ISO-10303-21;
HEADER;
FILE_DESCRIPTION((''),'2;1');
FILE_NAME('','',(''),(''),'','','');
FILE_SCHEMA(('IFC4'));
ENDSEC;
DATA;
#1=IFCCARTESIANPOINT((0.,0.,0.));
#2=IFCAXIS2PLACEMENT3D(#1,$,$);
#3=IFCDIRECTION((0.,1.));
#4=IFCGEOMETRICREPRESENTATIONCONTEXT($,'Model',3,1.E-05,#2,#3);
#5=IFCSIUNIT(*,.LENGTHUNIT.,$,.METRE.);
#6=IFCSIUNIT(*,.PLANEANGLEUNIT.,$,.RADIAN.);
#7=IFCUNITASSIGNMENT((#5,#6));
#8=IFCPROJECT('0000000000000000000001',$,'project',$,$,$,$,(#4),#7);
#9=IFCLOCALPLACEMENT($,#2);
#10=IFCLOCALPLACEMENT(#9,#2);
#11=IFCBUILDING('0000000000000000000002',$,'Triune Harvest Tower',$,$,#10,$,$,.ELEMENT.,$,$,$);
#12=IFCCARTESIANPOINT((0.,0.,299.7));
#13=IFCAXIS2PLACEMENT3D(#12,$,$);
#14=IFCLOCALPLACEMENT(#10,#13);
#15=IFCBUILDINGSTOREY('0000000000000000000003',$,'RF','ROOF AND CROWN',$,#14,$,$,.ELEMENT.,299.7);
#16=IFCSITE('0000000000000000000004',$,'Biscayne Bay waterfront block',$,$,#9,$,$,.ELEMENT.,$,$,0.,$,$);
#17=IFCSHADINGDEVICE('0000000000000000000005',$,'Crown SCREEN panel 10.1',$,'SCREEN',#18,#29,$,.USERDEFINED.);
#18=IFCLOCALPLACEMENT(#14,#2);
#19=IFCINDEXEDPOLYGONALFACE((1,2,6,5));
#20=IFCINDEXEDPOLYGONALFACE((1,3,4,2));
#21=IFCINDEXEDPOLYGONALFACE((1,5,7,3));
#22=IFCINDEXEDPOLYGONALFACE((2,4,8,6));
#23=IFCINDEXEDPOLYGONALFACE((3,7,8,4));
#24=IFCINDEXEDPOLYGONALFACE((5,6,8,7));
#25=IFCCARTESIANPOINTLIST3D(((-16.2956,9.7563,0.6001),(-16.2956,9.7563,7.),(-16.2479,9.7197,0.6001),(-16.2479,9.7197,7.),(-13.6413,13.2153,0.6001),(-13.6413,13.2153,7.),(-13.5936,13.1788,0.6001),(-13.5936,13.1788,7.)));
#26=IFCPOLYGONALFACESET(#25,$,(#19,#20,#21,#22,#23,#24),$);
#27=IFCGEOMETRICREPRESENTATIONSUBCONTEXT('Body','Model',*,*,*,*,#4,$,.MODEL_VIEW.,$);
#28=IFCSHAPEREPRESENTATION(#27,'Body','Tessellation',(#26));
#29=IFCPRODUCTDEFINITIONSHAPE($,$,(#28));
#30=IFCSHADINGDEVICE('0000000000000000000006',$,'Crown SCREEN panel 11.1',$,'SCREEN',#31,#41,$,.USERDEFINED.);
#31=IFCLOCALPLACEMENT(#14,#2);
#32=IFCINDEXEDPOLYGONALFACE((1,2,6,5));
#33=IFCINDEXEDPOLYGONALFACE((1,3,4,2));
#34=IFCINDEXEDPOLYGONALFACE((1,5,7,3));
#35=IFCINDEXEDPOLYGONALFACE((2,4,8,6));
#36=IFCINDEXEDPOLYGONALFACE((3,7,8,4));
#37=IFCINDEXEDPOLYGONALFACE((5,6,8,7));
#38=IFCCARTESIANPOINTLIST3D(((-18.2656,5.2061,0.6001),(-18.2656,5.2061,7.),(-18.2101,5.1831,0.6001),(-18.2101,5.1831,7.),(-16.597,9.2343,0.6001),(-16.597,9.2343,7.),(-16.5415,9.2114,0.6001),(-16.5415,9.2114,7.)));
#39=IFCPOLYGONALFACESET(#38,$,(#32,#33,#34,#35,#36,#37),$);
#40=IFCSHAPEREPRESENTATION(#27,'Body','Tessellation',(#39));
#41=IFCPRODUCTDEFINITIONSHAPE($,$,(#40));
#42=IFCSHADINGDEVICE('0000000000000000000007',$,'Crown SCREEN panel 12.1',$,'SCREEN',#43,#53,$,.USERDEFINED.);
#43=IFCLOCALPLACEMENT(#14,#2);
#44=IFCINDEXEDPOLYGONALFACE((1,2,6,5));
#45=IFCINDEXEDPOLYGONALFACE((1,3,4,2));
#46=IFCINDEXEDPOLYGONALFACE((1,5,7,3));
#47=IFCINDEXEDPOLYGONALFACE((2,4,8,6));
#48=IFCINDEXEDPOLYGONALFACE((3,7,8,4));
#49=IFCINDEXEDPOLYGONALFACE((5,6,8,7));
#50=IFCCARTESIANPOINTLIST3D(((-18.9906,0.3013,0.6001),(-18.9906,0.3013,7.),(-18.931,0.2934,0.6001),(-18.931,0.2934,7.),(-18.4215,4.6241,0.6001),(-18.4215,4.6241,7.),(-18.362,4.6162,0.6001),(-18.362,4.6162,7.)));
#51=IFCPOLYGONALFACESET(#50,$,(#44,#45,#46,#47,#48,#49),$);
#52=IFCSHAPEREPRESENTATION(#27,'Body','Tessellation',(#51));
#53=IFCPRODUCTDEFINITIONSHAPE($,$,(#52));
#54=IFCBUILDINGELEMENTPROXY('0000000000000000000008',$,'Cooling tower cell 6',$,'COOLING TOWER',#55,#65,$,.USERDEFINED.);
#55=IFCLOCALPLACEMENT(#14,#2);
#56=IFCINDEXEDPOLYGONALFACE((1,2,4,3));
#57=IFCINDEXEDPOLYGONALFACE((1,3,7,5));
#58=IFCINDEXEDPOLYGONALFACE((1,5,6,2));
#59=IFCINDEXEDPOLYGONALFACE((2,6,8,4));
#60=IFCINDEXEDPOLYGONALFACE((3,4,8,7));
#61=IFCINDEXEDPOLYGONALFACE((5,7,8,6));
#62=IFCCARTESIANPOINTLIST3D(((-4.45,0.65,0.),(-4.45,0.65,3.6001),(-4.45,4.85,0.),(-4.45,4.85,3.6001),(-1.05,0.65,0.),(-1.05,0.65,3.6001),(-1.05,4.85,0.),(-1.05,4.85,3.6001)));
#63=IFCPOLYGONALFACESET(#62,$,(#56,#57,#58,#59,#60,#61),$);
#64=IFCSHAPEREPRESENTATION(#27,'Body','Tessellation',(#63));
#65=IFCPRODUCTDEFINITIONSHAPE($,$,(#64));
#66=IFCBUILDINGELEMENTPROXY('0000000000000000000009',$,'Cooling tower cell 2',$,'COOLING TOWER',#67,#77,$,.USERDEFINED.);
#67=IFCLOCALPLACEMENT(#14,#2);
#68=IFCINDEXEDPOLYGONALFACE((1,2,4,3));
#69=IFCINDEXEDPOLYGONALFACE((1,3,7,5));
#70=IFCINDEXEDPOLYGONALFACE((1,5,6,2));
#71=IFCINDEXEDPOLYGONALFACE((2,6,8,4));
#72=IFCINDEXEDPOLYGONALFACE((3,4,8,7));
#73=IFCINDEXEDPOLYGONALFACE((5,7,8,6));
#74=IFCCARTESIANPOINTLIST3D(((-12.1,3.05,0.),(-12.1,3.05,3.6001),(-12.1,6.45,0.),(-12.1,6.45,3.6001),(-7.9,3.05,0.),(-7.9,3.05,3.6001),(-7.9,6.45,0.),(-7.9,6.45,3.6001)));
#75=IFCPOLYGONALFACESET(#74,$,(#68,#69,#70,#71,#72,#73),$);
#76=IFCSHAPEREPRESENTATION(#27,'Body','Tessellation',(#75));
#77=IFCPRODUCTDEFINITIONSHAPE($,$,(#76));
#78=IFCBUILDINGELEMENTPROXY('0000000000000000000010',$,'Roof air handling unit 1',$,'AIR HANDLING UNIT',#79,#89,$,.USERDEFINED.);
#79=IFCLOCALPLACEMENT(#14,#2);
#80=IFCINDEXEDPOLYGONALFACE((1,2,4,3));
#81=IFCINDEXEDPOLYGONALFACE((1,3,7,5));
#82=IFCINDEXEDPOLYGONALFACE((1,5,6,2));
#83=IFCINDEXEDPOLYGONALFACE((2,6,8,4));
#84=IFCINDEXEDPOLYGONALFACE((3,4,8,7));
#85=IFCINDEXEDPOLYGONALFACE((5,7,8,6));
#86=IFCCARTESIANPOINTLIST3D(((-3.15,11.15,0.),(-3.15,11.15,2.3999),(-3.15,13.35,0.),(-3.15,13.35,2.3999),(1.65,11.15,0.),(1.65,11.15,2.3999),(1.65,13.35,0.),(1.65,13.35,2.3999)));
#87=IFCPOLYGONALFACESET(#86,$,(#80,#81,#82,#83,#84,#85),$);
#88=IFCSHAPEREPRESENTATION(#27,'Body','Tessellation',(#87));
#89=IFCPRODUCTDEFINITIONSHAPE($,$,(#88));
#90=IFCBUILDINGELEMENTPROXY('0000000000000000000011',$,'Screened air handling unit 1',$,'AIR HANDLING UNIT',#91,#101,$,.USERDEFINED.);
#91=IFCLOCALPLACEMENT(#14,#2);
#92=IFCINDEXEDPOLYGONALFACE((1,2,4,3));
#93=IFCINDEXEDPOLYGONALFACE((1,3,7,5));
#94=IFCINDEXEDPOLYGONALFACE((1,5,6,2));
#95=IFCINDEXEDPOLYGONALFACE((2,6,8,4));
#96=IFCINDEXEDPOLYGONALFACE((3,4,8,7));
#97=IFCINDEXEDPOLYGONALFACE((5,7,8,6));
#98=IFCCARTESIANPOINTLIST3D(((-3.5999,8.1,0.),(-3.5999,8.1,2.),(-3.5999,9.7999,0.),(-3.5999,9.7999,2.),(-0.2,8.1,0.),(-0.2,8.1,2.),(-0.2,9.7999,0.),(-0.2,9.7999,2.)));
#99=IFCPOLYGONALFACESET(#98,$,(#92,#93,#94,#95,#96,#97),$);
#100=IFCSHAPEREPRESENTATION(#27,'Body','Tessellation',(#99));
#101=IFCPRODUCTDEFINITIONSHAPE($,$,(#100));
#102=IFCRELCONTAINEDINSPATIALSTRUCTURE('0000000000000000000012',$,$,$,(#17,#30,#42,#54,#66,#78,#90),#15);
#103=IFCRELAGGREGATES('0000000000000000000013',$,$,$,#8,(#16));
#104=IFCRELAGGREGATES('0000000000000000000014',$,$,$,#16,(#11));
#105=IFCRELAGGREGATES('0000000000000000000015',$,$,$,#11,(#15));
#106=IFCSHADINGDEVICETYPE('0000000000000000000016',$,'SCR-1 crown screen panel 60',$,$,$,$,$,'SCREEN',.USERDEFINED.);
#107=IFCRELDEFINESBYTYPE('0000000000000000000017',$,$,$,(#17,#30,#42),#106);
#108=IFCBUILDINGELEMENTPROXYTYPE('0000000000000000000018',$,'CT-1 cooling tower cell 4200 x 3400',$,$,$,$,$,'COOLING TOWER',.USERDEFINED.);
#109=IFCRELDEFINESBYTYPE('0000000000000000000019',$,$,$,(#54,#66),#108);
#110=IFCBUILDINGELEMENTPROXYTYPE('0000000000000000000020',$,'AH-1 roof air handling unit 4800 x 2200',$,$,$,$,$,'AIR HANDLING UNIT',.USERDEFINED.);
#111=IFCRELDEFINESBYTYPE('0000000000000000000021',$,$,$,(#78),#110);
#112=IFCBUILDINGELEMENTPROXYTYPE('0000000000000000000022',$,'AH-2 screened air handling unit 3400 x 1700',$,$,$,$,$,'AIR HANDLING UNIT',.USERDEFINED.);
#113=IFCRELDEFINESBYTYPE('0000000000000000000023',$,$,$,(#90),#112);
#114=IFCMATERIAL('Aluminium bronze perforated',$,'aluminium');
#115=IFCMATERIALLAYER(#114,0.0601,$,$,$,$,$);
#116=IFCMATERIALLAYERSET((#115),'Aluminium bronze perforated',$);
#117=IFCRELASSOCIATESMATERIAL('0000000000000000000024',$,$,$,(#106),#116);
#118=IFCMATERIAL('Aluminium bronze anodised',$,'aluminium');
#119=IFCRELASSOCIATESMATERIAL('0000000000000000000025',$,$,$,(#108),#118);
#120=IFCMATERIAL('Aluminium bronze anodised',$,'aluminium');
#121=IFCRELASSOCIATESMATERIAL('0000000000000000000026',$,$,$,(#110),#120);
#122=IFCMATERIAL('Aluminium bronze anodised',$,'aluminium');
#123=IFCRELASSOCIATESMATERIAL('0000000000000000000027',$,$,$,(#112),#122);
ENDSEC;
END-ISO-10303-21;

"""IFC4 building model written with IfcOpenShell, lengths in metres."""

from ifc_helpers import new_model, si_unit, direction, frame, origin, origin_2d, place, context, subcontext, project, spatial, rectangle, extrude, source, transform, mapped, material, layer, layer_set, type_object, element, save


model = new_model("IFC4")

# Units and contexts
model_context = context("Model", 3, precision=1e-05, world=origin(), true_north=direction((0.0, 1.0)))
body_context = subcontext(model_context, "Body", "Model", "MODEL_VIEW")
ifc_project = project(units=[si_unit("LENGTHUNIT", "METRE"), si_unit("PLANEANGLEUNIT", "RADIAN")], contexts=[model_context])

# Site, building, storey
site_placement = place(None, origin())
site = spatial("IfcSite", under=ifc_project, at=site_placement, Name="Biscayne Bay waterfront block", CompositionType="ELEMENT", RefElevation=0.0)
building_placement = place(site_placement, origin())
building = spatial("IfcBuilding", under=site, at=building_placement, Name="Triune Harvest Tower", CompositionType="ELEMENT")
storey_placement = place(building_placement, frame((0.0, 0.0, 299.7)))
storey = spatial("IfcBuildingStorey", under=building, at=storey_placement, Name="RF", Description="ROOF AND CROWN", CompositionType="ELEMENT", Elevation=299.7)

# Shading devices
ifc_material_1 = material(Name="Aluminium bronze perforated", Category="aluminium")
ifc_layer_1 = layer(ifc_material_1, 0.0601)
ifc_layer_set_1 = layer_set([ifc_layer_1], Name="Aluminium bronze perforated")
shading_device_type = type_object("IfcShadingDeviceType", Name="SCR-1 crown screen panel 60", ElementType="SCREEN", PredefinedType="USERDEFINED", material=ifc_layer_set_1)
shared_shape_1 = source(origin(), body_context, "Body", "SweptSolid", [
    extrude(rectangle(XDim=4.3601, YDim=0.0601, at=origin_2d()), origin(), (0.0, 0.0, 1.0), 6.3999),
])
for number, where, z_axis, x_axis, name in (
    (1, (-14.9446, 11.4675, 0.6001), (0.0, 0.0, 1.0), (-0.60877, -0.793347, 0.0), "Crown SCREEN panel 10.1"),
    (2, (-17.4036, 7.2087, 0.6001), (0.0, 0.0, 1.0), (-0.382685, -0.923879, 0.0), "Crown SCREEN panel 11.1"),
    (3, (-18.6763, 2.4587, 0.6001), (0.0, 0.0, 1.0), (-0.130523, -0.991445, 0.0), "Crown SCREEN panel 12.1"),
):
    element("IfcShadingDevice", number, at=place(storey_placement, frame(where, z_axis=z_axis, x_axis=x_axis)), inside=storey, type_object=shading_device_type, Name=name, ObjectType="SCREEN", PredefinedType="USERDEFINED", context=body_context, shape_type="MappedRepresentation", body=[
        mapped(shared_shape_1, transform((0.0, 0.0, 0.0), scale=1.0)),
    ])

# Building element proxies
ifc_material_2 = material(Name="Aluminium bronze anodised", Category="aluminium")
building_element_proxy_type_1 = type_object("IfcBuildingElementProxyType", Name="CT-1 cooling tower cell 4200 x 3400", ElementType="COOLING TOWER", PredefinedType="USERDEFINED", material=ifc_material_2)
shared_shape_2 = source(origin(), body_context, "Body", "SweptSolid", [
    extrude(rectangle(XDim=3.3999, YDim=4.2, at=origin_2d()), origin(), (0.0, 0.0, 1.0), 3.6001),
])
proxy_1_placement = place(storey_placement, frame((-2.75, 2.75, 0.0), z_axis=(0.0, 0.0, 1.0), x_axis=(1.0, 0.0, 0.0)))
element("IfcBuildingElementProxy", 4, at=proxy_1_placement, inside=storey, type_object=building_element_proxy_type_1, Name="Cooling tower cell 6", ObjectType="COOLING TOWER", PredefinedType="USERDEFINED", context=body_context, shape_type="MappedRepresentation", body=[
    mapped(shared_shape_2, transform((0.0, 0.0, 0.0), scale=1.0)),
])
shared_shape_3 = source(origin(), body_context, "Body", "SweptSolid", [
    extrude(rectangle(XDim=4.2, YDim=3.3999, at=origin_2d()), origin(), (0.0, 0.0, 1.0), 3.6001),
])
proxy_2_placement = place(storey_placement, frame((-10.0, 4.75, 0.0), z_axis=(0.0, 0.0, 1.0), x_axis=(1.0, 0.0, 0.0)))
element("IfcBuildingElementProxy", 5, at=proxy_2_placement, inside=storey, type_object=building_element_proxy_type_1, Name="Cooling tower cell 2", ObjectType="COOLING TOWER", PredefinedType="USERDEFINED", context=body_context, shape_type="MappedRepresentation", body=[
    mapped(shared_shape_3, transform((0.0, 0.0, 0.0), scale=1.0)),
])
ifc_material_3 = material(Name="Aluminium bronze anodised", Category="aluminium")
building_element_proxy_type_2 = type_object("IfcBuildingElementProxyType", Name="AH-1 roof air handling unit 4800 x 2200", ElementType="AIR HANDLING UNIT", PredefinedType="USERDEFINED", material=ifc_material_3)
shared_shape_4 = source(origin(), body_context, "Body", "SweptSolid", [
    extrude(rectangle(XDim=4.8, YDim=2.2, at=origin_2d()), origin(), (0.0, 0.0, 1.0), 2.3999),
])
proxy_3_placement = place(storey_placement, frame((-0.75, 12.25, 0.0), z_axis=(0.0, 0.0, 1.0), x_axis=(1.0, 0.0, 0.0)))
element("IfcBuildingElementProxy", 6, at=proxy_3_placement, inside=storey, type_object=building_element_proxy_type_2, Name="Roof air handling unit 1", ObjectType="AIR HANDLING UNIT", PredefinedType="USERDEFINED", context=body_context, shape_type="MappedRepresentation", body=[
    mapped(shared_shape_4, transform((0.0, 0.0, 0.0), scale=1.0)),
])
ifc_material_4 = material(Name="Aluminium bronze anodised", Category="aluminium")
building_element_proxy_type_3 = type_object("IfcBuildingElementProxyType", Name="AH-2 screened air handling unit 3400 x 1700", ElementType="AIR HANDLING UNIT", PredefinedType="USERDEFINED", material=ifc_material_4)
shared_shape_5 = source(origin(), body_context, "Body", "SweptSolid", [
    extrude(rectangle(XDim=3.3999, YDim=1.7, at=origin_2d()), origin(), (0.0, 0.0, 1.0), 2.0),
])
proxy_4_placement = place(storey_placement, frame((-1.8999, 8.95, 0.0), z_axis=(0.0, 0.0, 1.0), x_axis=(1.0, 0.0, 0.0)))
element("IfcBuildingElementProxy", 7, at=proxy_4_placement, inside=storey, type_object=building_element_proxy_type_3, Name="Screened air handling unit 1", ObjectType="AIR HANDLING UNIT", PredefinedType="USERDEFINED", context=body_context, shape_type="MappedRepresentation", body=[
    mapped(shared_shape_5, transform((0.0, 0.0, 0.0), scale=1.0)),
])

save(model, "model.ifc")
